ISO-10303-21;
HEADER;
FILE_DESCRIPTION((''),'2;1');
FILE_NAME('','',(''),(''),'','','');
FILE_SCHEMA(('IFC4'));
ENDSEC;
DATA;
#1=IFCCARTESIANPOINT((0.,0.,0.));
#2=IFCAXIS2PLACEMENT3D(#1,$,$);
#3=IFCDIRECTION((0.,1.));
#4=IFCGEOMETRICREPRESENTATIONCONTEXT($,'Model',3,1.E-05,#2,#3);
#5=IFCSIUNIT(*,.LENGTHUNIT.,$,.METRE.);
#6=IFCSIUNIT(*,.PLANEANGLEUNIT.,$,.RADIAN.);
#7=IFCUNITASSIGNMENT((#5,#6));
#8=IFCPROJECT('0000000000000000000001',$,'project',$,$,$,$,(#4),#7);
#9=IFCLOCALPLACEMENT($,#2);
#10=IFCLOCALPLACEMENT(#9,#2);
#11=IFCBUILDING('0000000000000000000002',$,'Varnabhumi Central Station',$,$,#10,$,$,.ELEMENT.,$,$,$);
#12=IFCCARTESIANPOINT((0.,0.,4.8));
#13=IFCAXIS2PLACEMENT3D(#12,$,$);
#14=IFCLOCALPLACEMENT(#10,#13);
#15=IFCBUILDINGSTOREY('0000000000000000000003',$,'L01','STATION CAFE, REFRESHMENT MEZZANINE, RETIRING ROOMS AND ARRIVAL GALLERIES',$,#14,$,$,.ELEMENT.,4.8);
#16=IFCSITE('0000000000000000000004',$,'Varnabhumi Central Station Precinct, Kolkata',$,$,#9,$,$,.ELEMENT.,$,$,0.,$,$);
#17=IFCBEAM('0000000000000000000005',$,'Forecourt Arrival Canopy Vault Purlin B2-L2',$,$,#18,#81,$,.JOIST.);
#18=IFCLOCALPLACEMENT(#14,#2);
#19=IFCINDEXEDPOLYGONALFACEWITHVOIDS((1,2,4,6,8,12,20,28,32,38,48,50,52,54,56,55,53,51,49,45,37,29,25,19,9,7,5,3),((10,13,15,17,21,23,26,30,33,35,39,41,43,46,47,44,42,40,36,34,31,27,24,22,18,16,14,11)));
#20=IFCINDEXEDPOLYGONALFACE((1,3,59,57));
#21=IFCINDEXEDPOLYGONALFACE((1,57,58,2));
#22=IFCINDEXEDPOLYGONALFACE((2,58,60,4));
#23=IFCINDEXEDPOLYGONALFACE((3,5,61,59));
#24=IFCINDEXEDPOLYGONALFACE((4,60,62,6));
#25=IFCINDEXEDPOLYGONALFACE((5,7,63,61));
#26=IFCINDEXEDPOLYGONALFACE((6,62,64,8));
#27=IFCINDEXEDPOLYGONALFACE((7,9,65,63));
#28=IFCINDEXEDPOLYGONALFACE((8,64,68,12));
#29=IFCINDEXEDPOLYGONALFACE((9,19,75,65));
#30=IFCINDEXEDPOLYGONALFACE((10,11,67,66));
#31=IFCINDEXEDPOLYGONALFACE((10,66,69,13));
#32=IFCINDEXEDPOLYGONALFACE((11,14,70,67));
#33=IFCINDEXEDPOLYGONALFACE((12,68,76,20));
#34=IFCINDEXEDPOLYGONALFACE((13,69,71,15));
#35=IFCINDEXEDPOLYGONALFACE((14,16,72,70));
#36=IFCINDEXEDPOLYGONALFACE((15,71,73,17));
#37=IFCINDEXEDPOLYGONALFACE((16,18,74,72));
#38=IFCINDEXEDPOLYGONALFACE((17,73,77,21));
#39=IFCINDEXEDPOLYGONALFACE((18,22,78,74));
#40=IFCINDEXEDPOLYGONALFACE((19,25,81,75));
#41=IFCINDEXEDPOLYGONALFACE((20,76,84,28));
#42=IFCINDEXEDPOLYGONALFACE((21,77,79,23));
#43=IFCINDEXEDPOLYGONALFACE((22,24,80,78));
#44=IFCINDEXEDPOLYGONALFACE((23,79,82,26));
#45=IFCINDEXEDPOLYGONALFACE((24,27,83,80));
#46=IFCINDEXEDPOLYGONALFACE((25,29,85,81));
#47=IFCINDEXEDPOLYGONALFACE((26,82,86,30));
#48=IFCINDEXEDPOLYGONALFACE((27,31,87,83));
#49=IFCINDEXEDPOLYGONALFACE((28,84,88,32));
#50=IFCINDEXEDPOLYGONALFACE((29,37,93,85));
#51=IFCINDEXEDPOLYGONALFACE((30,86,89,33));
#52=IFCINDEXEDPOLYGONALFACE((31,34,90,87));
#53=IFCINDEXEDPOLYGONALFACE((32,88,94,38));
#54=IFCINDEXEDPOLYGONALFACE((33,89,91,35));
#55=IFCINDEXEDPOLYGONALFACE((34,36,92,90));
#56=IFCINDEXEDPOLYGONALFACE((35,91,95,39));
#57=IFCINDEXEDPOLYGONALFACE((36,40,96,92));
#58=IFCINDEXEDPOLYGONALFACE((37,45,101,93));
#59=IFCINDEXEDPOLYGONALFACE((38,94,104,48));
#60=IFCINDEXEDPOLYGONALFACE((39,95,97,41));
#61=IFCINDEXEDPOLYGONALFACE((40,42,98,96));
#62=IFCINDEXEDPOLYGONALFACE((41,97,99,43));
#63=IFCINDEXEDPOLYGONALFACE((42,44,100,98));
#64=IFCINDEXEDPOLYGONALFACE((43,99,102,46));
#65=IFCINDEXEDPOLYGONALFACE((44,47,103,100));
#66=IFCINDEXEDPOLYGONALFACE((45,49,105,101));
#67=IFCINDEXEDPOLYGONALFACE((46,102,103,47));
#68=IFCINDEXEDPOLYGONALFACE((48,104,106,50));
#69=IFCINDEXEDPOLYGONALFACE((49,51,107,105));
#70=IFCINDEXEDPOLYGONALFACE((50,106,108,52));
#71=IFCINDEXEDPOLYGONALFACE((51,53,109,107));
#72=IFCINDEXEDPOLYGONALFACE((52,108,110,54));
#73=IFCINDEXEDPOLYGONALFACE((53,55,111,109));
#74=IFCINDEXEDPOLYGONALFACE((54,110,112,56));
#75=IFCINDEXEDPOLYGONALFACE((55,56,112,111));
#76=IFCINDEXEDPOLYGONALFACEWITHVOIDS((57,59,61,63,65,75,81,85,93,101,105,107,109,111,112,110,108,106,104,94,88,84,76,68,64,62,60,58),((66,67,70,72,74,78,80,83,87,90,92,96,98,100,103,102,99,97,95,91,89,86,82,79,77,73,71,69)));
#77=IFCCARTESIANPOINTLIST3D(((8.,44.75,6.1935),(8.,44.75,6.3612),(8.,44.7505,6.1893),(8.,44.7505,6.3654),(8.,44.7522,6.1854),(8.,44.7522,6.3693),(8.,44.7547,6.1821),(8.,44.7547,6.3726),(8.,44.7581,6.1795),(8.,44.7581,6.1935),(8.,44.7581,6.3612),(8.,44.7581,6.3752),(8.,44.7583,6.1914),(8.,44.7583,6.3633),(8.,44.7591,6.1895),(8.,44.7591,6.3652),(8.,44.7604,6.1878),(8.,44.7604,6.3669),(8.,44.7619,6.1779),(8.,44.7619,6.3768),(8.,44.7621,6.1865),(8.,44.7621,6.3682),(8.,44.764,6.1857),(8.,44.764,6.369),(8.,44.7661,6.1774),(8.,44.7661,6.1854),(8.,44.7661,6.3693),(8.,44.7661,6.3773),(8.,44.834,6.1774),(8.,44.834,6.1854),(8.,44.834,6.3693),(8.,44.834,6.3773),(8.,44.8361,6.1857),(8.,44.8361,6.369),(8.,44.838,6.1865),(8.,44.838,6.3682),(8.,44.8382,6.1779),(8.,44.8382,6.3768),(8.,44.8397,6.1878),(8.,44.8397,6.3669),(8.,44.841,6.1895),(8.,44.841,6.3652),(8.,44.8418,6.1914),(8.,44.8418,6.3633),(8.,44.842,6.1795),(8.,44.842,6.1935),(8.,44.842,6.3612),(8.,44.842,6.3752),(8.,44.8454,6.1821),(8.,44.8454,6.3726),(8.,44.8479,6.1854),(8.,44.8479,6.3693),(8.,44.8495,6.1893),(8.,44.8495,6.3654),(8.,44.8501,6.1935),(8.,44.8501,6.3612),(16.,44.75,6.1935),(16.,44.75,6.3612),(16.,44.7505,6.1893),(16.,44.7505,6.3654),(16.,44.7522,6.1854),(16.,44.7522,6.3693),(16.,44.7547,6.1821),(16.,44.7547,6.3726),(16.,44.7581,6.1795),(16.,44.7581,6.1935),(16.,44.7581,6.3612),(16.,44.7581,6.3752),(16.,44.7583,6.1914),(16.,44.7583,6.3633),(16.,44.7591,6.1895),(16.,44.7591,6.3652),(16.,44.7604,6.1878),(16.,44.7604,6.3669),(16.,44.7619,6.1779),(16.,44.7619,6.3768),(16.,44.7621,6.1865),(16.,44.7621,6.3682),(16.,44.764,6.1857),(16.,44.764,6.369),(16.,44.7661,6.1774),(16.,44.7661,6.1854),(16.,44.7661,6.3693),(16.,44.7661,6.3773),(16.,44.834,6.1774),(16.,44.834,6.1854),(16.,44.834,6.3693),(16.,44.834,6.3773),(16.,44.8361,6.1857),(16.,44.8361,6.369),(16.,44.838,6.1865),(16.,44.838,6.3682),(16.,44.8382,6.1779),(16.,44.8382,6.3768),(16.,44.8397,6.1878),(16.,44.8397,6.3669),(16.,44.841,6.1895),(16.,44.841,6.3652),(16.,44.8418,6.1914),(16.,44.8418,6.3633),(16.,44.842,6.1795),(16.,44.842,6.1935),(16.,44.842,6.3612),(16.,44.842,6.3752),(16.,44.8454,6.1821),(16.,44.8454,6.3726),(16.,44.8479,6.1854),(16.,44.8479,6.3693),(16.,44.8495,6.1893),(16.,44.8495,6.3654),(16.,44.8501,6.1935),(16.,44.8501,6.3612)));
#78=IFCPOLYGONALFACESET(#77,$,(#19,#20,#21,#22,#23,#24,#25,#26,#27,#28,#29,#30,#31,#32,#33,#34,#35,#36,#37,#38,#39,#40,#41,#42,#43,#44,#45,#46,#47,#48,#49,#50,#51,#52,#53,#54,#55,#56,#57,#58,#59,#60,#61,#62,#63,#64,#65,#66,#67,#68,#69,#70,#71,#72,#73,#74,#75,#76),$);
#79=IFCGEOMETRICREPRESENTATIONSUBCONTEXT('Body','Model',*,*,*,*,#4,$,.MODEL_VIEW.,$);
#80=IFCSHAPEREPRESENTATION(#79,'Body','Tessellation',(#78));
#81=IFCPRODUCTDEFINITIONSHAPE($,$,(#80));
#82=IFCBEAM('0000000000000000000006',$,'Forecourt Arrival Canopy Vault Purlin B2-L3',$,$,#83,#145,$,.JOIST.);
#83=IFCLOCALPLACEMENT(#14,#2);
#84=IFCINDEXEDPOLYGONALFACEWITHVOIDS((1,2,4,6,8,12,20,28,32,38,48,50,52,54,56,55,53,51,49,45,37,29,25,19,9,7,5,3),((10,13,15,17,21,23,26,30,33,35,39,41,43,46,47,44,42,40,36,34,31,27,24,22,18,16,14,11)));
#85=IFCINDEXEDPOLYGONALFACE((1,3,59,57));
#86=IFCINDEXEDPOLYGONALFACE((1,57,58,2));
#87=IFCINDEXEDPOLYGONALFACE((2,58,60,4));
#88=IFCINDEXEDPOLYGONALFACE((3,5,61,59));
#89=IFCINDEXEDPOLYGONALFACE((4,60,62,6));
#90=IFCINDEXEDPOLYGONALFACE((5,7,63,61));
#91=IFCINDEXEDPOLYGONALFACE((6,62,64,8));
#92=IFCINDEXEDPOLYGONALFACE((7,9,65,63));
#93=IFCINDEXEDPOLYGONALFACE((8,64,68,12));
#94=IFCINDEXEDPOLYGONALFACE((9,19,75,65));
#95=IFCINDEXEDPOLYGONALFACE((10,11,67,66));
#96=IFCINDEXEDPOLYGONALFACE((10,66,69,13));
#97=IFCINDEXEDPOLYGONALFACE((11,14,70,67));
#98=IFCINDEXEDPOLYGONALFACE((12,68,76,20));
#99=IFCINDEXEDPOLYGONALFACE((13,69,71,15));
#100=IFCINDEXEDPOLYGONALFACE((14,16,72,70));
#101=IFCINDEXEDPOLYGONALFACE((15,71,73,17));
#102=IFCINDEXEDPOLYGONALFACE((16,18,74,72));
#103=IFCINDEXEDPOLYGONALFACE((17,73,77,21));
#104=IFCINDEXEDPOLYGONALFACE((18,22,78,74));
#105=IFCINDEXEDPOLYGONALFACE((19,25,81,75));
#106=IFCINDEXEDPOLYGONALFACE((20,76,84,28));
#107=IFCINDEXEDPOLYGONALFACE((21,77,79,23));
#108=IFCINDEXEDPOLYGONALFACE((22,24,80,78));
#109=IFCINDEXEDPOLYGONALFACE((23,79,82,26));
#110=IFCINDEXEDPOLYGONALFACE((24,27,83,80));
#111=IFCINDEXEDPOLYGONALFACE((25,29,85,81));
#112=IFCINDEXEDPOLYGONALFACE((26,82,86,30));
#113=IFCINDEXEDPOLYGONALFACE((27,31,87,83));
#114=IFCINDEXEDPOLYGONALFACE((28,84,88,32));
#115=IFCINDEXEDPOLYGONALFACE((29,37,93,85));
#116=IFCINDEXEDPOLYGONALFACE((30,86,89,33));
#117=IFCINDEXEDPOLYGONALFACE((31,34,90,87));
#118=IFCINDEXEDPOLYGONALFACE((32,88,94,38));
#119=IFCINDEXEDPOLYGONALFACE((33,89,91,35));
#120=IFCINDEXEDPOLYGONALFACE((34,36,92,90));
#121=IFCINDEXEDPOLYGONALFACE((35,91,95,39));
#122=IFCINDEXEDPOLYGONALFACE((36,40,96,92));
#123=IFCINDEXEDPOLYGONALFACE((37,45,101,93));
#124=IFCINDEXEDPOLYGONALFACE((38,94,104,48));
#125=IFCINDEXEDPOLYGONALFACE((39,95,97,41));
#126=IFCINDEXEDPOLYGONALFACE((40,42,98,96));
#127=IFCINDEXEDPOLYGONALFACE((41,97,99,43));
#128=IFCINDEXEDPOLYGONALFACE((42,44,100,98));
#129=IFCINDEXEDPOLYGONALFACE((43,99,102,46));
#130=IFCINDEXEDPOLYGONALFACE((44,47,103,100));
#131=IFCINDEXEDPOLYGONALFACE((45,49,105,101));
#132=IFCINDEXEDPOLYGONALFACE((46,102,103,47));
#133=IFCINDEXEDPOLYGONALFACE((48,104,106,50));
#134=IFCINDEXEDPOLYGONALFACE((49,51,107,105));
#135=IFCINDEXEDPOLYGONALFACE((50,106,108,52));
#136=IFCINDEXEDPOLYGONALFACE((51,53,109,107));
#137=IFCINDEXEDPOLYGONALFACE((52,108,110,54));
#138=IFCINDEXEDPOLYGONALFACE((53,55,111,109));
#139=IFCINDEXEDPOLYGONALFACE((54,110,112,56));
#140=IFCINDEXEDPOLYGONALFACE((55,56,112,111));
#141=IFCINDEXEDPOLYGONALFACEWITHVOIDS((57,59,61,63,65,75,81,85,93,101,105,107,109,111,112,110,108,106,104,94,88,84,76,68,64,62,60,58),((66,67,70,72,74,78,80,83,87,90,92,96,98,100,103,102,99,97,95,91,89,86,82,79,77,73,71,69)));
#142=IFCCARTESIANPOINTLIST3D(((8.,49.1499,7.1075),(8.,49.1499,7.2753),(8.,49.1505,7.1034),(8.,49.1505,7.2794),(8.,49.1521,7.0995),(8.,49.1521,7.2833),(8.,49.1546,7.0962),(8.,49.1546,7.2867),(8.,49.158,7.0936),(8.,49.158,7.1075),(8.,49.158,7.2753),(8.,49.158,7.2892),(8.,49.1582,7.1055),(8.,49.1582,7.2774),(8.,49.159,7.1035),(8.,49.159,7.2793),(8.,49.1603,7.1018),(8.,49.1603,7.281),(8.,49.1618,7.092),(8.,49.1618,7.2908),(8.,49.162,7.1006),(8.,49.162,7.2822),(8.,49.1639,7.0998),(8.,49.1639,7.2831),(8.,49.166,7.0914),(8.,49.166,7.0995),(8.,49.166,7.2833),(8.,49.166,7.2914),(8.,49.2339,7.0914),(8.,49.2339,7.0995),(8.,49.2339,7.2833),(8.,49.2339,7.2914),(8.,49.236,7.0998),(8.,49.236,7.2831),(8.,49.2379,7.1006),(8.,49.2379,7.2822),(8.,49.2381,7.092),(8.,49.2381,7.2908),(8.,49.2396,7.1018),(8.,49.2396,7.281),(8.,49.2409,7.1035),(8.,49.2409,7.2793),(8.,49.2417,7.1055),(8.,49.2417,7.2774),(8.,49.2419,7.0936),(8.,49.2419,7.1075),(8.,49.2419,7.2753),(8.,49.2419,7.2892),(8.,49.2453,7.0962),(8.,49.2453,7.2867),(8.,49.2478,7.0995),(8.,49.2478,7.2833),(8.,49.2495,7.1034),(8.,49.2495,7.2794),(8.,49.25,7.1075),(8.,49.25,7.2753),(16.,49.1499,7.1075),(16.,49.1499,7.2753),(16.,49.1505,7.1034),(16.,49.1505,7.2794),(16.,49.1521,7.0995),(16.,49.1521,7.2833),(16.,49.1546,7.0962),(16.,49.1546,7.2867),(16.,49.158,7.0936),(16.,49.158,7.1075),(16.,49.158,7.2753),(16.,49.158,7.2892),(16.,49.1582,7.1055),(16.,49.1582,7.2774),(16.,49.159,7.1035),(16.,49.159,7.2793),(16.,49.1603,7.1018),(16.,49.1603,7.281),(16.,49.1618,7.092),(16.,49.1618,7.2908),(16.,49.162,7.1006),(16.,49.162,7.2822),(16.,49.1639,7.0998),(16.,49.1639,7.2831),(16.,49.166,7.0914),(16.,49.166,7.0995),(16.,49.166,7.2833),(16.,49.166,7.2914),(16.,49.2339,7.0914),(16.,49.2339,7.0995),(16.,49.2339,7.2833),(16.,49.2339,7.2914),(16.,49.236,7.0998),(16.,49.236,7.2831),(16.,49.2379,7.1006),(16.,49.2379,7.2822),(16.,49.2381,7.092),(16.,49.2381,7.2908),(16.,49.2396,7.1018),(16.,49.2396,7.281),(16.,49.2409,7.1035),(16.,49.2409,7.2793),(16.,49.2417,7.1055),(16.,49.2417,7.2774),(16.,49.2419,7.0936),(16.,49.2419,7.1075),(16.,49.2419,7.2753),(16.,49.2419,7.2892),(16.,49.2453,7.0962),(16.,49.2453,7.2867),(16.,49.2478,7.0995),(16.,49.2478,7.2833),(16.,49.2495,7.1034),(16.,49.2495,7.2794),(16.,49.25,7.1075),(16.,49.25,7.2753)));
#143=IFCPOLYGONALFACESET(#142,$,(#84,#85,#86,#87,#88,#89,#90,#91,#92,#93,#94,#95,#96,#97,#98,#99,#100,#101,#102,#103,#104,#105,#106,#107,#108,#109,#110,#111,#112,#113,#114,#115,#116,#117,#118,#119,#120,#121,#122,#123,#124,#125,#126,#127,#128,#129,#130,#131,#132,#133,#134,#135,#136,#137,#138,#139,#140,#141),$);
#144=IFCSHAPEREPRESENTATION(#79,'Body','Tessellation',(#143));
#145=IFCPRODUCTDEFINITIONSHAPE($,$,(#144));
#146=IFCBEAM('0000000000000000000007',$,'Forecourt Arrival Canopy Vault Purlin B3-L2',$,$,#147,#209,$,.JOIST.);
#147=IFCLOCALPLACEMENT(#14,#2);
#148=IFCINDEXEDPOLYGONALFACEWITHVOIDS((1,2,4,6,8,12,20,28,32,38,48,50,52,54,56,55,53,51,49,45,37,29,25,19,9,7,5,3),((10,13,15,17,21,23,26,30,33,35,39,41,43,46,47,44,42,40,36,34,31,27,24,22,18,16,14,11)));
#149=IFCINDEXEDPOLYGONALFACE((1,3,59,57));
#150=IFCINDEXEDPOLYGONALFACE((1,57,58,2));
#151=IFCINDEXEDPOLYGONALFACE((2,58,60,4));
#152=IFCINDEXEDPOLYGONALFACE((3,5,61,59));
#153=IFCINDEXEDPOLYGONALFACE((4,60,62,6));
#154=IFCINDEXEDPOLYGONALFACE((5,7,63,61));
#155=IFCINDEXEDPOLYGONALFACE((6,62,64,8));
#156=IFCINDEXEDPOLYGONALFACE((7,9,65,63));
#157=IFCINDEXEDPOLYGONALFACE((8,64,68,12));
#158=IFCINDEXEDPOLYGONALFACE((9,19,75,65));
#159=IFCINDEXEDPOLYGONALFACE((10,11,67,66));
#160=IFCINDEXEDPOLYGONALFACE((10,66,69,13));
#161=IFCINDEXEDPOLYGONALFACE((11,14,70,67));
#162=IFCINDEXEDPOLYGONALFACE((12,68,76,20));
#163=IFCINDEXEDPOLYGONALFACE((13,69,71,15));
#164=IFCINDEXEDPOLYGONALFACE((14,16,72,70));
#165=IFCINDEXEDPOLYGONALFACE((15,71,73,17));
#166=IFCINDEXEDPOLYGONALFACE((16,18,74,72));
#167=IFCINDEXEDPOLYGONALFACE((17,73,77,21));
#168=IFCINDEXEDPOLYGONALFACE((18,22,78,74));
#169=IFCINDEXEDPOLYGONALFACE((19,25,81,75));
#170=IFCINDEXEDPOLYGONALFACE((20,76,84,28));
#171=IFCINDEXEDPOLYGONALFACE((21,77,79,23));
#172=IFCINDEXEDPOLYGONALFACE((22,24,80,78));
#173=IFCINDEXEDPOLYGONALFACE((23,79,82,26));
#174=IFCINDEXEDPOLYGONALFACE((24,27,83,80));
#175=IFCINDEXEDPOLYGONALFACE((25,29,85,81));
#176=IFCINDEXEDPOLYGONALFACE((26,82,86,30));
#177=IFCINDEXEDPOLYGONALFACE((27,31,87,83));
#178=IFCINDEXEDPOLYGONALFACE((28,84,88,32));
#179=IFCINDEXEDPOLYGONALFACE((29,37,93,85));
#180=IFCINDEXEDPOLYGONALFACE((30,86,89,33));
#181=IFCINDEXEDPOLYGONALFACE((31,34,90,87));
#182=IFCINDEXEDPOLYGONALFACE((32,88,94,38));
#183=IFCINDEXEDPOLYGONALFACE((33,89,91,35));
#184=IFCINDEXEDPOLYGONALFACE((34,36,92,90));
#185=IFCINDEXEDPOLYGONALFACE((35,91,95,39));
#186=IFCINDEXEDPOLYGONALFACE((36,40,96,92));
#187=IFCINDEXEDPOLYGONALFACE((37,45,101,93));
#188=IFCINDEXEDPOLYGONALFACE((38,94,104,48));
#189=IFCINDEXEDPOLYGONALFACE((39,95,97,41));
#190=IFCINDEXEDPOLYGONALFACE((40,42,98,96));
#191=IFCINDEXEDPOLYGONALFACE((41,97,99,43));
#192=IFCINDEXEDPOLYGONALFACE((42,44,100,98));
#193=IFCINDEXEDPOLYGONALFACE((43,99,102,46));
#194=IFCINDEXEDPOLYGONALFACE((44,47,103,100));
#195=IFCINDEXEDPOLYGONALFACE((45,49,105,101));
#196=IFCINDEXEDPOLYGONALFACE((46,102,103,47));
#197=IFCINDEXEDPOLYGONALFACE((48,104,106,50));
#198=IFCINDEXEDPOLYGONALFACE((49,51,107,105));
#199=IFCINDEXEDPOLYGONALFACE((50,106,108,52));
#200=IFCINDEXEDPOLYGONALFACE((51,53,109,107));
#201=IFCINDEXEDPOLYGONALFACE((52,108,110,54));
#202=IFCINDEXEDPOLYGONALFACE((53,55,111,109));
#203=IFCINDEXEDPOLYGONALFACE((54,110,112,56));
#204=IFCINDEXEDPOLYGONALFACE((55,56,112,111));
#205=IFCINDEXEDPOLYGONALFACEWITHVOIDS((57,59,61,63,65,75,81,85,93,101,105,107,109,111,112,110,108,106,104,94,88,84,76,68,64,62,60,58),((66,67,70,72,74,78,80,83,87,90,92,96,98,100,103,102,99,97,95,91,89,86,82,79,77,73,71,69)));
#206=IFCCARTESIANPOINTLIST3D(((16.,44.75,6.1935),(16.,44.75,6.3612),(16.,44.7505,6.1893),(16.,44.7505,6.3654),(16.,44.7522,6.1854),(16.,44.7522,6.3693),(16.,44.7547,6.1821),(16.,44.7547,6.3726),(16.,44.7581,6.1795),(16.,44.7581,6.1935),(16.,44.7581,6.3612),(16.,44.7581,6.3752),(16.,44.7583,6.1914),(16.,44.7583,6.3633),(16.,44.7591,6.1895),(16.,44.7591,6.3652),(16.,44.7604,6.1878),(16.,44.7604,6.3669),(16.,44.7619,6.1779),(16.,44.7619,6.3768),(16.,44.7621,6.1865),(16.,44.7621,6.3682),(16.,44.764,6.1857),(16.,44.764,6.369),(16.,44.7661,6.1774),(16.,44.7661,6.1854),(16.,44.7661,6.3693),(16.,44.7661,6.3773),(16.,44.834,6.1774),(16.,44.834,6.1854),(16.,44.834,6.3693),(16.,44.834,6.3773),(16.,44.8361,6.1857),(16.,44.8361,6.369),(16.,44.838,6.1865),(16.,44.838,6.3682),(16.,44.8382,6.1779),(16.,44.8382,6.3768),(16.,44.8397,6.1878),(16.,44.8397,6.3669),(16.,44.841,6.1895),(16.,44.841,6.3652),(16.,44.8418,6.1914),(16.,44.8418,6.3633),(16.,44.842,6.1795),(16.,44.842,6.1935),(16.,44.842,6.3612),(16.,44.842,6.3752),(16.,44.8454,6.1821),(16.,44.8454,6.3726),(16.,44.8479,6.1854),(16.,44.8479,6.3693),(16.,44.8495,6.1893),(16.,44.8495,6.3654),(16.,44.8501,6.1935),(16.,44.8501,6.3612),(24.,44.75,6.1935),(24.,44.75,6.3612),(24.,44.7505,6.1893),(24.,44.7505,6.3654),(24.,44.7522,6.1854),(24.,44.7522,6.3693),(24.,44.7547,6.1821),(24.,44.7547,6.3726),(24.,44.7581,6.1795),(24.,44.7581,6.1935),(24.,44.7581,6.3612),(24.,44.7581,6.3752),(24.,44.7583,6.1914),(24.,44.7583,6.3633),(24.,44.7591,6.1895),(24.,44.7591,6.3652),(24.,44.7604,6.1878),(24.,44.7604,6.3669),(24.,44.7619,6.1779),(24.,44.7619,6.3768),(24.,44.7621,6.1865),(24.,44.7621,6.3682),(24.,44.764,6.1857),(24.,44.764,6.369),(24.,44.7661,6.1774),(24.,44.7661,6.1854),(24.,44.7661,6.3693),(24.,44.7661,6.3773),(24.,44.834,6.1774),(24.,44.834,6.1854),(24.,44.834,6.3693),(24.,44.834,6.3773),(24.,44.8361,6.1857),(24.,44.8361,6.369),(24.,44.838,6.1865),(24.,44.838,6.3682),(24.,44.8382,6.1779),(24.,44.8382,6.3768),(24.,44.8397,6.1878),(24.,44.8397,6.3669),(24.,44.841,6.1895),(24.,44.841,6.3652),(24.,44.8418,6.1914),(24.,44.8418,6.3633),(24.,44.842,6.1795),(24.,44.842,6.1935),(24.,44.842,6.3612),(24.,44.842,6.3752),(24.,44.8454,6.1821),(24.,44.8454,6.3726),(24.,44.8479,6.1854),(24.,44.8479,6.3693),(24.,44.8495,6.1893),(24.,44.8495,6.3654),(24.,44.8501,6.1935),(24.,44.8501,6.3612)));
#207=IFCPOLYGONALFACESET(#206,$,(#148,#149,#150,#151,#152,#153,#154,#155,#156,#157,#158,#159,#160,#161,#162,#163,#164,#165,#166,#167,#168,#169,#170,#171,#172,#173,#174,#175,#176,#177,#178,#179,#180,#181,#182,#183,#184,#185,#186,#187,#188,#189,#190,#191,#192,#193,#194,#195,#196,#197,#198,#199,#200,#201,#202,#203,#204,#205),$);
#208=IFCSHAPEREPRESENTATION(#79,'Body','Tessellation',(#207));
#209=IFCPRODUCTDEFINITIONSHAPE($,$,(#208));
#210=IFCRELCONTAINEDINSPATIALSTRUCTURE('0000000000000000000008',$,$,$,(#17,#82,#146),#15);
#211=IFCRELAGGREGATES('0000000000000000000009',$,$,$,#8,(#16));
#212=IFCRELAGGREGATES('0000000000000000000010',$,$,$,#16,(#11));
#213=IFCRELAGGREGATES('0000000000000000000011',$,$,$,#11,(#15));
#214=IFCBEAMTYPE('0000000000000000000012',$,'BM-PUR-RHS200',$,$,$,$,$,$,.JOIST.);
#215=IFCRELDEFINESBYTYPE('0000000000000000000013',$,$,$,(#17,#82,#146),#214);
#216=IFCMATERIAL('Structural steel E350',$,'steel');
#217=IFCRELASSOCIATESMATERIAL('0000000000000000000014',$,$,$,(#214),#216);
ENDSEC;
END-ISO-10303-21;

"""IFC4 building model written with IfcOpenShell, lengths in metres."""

from ifc_helpers import new_model, si_unit, direction, frame, origin, origin_2d, place, context, subcontext, project, spatial, hollow_rectangle, extrude, material, material_profile, profile_set, type_object, element, save


model = new_model("IFC4")

# Units and contexts
model_context = context("Model", 3, precision=1e-05, world=origin(), true_north=direction((0.0, 1.0)))
body_context = subcontext(model_context, "Body", "Model", "MODEL_VIEW")
ifc_project = project(units=[si_unit("LENGTHUNIT", "METRE"), si_unit("PLANEANGLEUNIT", "RADIAN")], contexts=[model_context])

# Site, building, storey
site_placement = place(None, origin())
site = spatial("IfcSite", under=ifc_project, at=site_placement, Name="Varnabhumi Central Station Precinct, Kolkata", CompositionType="ELEMENT", RefElevation=0.0)
building_placement = place(site_placement, origin())
building = spatial("IfcBuilding", under=site, at=building_placement, Name="Varnabhumi Central Station", CompositionType="ELEMENT")
storey_placement = place(building_placement, frame((0.0, 0.0, 4.8)))
storey = spatial("IfcBuildingStorey", under=building, at=storey_placement, Name="L01", Description="STATION CAFE, REFRESHMENT MEZZANINE, RETIRING ROOMS AND ARRIVAL GALLERIES", CompositionType="ELEMENT", Elevation=4.8)

# Beams
ifc_material_1 = material(Name="Structural steel E350", Category="steel")
ifc_material_profile_1 = material_profile(ifc_material_1, hollow_rectangle(XDim=0.1001, YDim=0.2, WallThickness=0.0081, InnerFilletRadius=0.0081, OuterFilletRadius=0.0161, at=origin_2d()), Name="Structural steel E350", Category="steel")
ifc_profile_set_1 = profile_set([ifc_material_profile_1], Name="Structural steel E350")
beam_type_1 = type_object("IfcBeamType", Name="BM-PUR-RHS200", PredefinedType="JOIST", material=ifc_profile_set_1)
for number, where, z_axis, x_axis, name in (
    (1, (8.0, 44.8, 6.2773), (1.0, 0.0, 0.0), (0.0, 1.0, 0.0), "Forecourt Arrival Canopy Vault Purlin B2-L2"),
    (2, (8.0, 49.2, 7.1914), (1.0, 0.0, 0.0), (0.0, 1.0, 0.0), "Forecourt Arrival Canopy Vault Purlin B2-L3"),
    (3, (16.0, 44.8, 6.2773), (1.0, 0.0, 0.0), (0.0, 1.0, 0.0), "Forecourt Arrival Canopy Vault Purlin B3-L2"),
):
    element("IfcBeam", number, at=place(storey_placement, frame(where, z_axis=z_axis, x_axis=x_axis)), inside=storey, type_object=beam_type_1, Name=name, PredefinedType="JOIST", context=body_context, shape_type="SweptSolid", body=[
        extrude(hollow_rectangle(XDim=0.1001, YDim=0.2, WallThickness=0.0081, InnerFilletRadius=0.0081, OuterFilletRadius=0.0161, at=origin_2d()), origin(), (0.0, 0.0, 1.0), 8.0),
    ])

save(model, "model.ifc")
